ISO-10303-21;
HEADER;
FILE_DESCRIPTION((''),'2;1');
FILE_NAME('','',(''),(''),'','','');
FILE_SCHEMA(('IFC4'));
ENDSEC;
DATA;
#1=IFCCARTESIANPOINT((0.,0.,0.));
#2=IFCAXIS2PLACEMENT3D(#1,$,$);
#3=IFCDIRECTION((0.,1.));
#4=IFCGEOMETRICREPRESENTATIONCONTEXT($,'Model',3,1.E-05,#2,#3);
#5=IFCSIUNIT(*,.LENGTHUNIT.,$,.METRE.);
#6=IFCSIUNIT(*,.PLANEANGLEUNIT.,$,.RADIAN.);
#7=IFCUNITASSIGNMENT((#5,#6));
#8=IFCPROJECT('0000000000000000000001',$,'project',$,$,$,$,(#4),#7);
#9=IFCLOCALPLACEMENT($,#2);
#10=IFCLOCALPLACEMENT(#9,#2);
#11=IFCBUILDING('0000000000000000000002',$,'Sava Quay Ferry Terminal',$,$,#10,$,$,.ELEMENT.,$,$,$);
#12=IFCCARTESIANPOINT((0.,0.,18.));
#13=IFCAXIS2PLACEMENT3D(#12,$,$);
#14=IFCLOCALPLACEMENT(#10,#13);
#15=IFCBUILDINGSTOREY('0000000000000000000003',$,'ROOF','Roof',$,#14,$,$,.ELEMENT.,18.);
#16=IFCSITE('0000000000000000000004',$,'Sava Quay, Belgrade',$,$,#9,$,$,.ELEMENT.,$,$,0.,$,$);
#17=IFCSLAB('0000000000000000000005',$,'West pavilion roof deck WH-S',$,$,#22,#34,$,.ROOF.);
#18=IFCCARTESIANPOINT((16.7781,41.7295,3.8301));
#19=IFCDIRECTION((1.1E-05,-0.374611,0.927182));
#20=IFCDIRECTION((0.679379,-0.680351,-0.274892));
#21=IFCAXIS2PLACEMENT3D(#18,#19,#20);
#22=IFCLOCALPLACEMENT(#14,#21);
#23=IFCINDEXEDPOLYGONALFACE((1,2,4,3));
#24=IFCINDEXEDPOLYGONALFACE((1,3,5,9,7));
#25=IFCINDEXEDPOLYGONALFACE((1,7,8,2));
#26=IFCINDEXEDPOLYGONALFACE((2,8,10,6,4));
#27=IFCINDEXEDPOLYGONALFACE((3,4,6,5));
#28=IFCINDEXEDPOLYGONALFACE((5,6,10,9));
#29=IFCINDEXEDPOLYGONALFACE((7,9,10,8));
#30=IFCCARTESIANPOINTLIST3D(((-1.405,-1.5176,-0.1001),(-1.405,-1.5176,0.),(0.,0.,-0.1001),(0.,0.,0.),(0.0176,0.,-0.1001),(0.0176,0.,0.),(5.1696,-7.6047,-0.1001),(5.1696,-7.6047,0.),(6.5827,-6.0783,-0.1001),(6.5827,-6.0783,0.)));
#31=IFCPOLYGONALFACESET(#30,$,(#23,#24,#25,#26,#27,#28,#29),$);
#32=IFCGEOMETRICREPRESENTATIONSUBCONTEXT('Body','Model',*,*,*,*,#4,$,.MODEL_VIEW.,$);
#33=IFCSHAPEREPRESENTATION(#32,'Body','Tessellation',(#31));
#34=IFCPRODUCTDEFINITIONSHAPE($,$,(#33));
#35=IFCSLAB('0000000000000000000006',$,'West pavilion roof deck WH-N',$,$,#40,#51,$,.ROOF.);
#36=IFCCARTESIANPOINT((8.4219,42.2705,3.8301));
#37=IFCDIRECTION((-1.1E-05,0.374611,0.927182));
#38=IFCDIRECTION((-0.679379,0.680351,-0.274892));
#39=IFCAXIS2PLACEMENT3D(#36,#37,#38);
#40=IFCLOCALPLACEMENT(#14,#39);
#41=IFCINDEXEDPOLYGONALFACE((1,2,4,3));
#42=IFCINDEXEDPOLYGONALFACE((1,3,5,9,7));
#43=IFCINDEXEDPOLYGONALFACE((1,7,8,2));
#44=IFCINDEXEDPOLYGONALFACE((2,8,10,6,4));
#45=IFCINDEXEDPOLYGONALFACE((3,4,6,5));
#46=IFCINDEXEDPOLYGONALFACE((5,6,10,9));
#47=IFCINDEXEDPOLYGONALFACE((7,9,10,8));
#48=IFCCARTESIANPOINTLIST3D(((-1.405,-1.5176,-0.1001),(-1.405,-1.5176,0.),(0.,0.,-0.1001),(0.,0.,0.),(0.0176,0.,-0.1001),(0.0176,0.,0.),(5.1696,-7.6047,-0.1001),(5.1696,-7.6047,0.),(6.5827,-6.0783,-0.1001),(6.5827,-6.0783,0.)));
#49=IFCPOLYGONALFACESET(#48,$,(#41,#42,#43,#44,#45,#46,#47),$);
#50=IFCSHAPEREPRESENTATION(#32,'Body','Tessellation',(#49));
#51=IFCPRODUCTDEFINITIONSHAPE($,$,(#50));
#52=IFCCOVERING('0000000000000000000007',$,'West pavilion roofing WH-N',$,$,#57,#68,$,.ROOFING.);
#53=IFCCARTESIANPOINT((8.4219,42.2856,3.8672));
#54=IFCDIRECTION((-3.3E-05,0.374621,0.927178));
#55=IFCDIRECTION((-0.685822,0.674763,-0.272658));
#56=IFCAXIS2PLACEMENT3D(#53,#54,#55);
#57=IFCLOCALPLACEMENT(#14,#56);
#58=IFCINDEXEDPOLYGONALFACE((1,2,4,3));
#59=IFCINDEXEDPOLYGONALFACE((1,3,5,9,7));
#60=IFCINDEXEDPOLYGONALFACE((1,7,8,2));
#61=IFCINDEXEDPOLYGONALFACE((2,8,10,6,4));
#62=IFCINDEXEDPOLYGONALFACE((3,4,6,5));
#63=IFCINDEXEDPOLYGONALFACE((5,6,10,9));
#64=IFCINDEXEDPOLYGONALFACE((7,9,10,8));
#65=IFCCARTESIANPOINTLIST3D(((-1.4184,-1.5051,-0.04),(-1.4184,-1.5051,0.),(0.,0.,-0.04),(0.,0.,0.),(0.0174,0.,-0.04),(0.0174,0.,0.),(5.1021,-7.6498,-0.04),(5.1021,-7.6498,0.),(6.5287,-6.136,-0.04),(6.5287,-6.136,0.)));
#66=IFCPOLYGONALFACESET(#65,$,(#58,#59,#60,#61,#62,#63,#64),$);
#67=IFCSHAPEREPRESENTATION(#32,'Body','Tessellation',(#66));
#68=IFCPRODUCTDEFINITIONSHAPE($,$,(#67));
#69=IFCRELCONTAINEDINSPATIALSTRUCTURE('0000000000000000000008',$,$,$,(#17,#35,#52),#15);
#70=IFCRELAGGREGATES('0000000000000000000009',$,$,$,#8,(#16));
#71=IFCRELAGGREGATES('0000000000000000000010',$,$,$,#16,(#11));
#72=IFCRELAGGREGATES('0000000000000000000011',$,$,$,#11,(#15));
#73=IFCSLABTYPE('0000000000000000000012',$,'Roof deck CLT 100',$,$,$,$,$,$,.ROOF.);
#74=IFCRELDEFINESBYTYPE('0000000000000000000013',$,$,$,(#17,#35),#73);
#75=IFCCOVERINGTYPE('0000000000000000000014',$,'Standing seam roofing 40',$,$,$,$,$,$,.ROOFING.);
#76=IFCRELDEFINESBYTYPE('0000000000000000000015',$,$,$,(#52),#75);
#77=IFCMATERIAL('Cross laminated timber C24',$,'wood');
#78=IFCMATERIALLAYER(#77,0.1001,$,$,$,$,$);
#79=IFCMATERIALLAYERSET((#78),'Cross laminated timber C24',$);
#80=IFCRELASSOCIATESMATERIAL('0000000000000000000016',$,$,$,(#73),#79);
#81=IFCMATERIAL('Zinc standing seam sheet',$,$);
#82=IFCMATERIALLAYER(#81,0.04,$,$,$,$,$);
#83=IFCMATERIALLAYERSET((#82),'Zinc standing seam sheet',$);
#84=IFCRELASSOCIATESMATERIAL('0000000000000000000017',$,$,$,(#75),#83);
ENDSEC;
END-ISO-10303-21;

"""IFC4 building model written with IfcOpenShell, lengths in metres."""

from ifc_helpers import new_model, si_unit, direction, frame, origin, place, context, subcontext, project, spatial, polyline, outline, extrude, material, layer, layer_set, type_object, element, save


model = new_model("IFC4")

# Units and contexts
model_context = context("Model", 3, precision=1e-05, world=origin(), true_north=direction((0.0, 1.0)))
body_context = subcontext(model_context, "Body", "Model", "MODEL_VIEW")
ifc_project = project(units=[si_unit("LENGTHUNIT", "METRE"), si_unit("PLANEANGLEUNIT", "RADIAN")], contexts=[model_context])

# Site, building, storey
site_placement = place(None, origin())
site = spatial("IfcSite", under=ifc_project, at=site_placement, Name="Sava Quay, Belgrade", CompositionType="ELEMENT", RefElevation=0.0)
building_placement = place(site_placement, origin())
building = spatial("IfcBuilding", under=site, at=building_placement, Name="Sava Quay Ferry Terminal", CompositionType="ELEMENT")
storey_placement = place(building_placement, frame((0.0, 0.0, 18.0)))
storey = spatial("IfcBuildingStorey", under=building, at=storey_placement, Name="ROOF", Description="Roof", CompositionType="ELEMENT", Elevation=18.0)

# Slabs
ifc_material_1 = material(Name="Cross laminated timber C24", Category="wood")
ifc_layer_1 = layer(ifc_material_1, 0.1001)
ifc_layer_set_1 = layer_set([ifc_layer_1], Name="Cross laminated timber C24")
slab_type = type_object("IfcSlabType", Name="Roof deck CLT 100", PredefinedType="ROOF", material=ifc_layer_set_1)
slab_1_placement = place(storey_placement, frame((16.7781, 41.7295, 3.8301), z_axis=(0.000011, -0.374611, 0.927182), x_axis=(0.679379, -0.680351, -0.274892)))
element("IfcSlab", 1, at=slab_1_placement, inside=storey, type_object=slab_type, Name="West pavilion roof deck WH-S", PredefinedType="ROOF", context=body_context, shape_type="SweptSolid", body=[
    extrude(outline(polyline([(0.0, 0.0), (0.0176, 0.0), (6.5827, -6.0783), (5.1696, -7.6047), (-1.405, -1.5176), (0.0, 0.0)])), origin(), (0.0, 0.0, -1.0), 0.1001),
])
slab_2_placement = place(storey_placement, frame((8.4219, 42.2705, 3.8301), z_axis=(-0.000011, 0.374611, 0.927182), x_axis=(-0.679379, 0.680351, -0.274892)))
element("IfcSlab", 2, at=slab_2_placement, inside=storey, type_object=slab_type, Name="West pavilion roof deck WH-N", PredefinedType="ROOF", context=body_context, shape_type="SweptSolid", body=[
    extrude(outline(polyline([(0.0, 0.0), (0.0176, 0.0), (6.5827, -6.0783), (5.1696, -7.6047), (-1.405, -1.5176), (0.0, 0.0)])), origin(), (0.0, 0.0, -1.0), 0.1001),
])

# Covering
ifc_material_2 = material(Name="Zinc standing seam sheet")
ifc_layer_2 = layer(ifc_material_2, 0.04)
ifc_layer_set_2 = layer_set([ifc_layer_2], Name="Zinc standing seam sheet")
covering_type_1 = type_object("IfcCoveringType", Name="Standing seam roofing 40", PredefinedType="ROOFING", material=ifc_layer_set_2)
covering_1_placement = place(storey_placement, frame((8.4219, 42.2856, 3.8672), z_axis=(-0.000033, 0.374621, 0.927178), x_axis=(-0.685822, 0.674763, -0.272658)))
element("IfcCovering", 3, at=covering_1_placement, inside=storey, type_object=covering_type_1, Name="West pavilion roofing WH-N", PredefinedType="ROOFING", context=body_context, shape_type="SweptSolid", body=[
    extrude(outline(polyline([(0.0, 0.0), (0.0174, 0.0), (6.5287, -6.136), (5.1021, -7.6498), (-1.4184, -1.5051), (0.0, 0.0)])), origin(), (0.0, 0.0, -1.0), 0.04),
])

save(model, "model.ifc")
